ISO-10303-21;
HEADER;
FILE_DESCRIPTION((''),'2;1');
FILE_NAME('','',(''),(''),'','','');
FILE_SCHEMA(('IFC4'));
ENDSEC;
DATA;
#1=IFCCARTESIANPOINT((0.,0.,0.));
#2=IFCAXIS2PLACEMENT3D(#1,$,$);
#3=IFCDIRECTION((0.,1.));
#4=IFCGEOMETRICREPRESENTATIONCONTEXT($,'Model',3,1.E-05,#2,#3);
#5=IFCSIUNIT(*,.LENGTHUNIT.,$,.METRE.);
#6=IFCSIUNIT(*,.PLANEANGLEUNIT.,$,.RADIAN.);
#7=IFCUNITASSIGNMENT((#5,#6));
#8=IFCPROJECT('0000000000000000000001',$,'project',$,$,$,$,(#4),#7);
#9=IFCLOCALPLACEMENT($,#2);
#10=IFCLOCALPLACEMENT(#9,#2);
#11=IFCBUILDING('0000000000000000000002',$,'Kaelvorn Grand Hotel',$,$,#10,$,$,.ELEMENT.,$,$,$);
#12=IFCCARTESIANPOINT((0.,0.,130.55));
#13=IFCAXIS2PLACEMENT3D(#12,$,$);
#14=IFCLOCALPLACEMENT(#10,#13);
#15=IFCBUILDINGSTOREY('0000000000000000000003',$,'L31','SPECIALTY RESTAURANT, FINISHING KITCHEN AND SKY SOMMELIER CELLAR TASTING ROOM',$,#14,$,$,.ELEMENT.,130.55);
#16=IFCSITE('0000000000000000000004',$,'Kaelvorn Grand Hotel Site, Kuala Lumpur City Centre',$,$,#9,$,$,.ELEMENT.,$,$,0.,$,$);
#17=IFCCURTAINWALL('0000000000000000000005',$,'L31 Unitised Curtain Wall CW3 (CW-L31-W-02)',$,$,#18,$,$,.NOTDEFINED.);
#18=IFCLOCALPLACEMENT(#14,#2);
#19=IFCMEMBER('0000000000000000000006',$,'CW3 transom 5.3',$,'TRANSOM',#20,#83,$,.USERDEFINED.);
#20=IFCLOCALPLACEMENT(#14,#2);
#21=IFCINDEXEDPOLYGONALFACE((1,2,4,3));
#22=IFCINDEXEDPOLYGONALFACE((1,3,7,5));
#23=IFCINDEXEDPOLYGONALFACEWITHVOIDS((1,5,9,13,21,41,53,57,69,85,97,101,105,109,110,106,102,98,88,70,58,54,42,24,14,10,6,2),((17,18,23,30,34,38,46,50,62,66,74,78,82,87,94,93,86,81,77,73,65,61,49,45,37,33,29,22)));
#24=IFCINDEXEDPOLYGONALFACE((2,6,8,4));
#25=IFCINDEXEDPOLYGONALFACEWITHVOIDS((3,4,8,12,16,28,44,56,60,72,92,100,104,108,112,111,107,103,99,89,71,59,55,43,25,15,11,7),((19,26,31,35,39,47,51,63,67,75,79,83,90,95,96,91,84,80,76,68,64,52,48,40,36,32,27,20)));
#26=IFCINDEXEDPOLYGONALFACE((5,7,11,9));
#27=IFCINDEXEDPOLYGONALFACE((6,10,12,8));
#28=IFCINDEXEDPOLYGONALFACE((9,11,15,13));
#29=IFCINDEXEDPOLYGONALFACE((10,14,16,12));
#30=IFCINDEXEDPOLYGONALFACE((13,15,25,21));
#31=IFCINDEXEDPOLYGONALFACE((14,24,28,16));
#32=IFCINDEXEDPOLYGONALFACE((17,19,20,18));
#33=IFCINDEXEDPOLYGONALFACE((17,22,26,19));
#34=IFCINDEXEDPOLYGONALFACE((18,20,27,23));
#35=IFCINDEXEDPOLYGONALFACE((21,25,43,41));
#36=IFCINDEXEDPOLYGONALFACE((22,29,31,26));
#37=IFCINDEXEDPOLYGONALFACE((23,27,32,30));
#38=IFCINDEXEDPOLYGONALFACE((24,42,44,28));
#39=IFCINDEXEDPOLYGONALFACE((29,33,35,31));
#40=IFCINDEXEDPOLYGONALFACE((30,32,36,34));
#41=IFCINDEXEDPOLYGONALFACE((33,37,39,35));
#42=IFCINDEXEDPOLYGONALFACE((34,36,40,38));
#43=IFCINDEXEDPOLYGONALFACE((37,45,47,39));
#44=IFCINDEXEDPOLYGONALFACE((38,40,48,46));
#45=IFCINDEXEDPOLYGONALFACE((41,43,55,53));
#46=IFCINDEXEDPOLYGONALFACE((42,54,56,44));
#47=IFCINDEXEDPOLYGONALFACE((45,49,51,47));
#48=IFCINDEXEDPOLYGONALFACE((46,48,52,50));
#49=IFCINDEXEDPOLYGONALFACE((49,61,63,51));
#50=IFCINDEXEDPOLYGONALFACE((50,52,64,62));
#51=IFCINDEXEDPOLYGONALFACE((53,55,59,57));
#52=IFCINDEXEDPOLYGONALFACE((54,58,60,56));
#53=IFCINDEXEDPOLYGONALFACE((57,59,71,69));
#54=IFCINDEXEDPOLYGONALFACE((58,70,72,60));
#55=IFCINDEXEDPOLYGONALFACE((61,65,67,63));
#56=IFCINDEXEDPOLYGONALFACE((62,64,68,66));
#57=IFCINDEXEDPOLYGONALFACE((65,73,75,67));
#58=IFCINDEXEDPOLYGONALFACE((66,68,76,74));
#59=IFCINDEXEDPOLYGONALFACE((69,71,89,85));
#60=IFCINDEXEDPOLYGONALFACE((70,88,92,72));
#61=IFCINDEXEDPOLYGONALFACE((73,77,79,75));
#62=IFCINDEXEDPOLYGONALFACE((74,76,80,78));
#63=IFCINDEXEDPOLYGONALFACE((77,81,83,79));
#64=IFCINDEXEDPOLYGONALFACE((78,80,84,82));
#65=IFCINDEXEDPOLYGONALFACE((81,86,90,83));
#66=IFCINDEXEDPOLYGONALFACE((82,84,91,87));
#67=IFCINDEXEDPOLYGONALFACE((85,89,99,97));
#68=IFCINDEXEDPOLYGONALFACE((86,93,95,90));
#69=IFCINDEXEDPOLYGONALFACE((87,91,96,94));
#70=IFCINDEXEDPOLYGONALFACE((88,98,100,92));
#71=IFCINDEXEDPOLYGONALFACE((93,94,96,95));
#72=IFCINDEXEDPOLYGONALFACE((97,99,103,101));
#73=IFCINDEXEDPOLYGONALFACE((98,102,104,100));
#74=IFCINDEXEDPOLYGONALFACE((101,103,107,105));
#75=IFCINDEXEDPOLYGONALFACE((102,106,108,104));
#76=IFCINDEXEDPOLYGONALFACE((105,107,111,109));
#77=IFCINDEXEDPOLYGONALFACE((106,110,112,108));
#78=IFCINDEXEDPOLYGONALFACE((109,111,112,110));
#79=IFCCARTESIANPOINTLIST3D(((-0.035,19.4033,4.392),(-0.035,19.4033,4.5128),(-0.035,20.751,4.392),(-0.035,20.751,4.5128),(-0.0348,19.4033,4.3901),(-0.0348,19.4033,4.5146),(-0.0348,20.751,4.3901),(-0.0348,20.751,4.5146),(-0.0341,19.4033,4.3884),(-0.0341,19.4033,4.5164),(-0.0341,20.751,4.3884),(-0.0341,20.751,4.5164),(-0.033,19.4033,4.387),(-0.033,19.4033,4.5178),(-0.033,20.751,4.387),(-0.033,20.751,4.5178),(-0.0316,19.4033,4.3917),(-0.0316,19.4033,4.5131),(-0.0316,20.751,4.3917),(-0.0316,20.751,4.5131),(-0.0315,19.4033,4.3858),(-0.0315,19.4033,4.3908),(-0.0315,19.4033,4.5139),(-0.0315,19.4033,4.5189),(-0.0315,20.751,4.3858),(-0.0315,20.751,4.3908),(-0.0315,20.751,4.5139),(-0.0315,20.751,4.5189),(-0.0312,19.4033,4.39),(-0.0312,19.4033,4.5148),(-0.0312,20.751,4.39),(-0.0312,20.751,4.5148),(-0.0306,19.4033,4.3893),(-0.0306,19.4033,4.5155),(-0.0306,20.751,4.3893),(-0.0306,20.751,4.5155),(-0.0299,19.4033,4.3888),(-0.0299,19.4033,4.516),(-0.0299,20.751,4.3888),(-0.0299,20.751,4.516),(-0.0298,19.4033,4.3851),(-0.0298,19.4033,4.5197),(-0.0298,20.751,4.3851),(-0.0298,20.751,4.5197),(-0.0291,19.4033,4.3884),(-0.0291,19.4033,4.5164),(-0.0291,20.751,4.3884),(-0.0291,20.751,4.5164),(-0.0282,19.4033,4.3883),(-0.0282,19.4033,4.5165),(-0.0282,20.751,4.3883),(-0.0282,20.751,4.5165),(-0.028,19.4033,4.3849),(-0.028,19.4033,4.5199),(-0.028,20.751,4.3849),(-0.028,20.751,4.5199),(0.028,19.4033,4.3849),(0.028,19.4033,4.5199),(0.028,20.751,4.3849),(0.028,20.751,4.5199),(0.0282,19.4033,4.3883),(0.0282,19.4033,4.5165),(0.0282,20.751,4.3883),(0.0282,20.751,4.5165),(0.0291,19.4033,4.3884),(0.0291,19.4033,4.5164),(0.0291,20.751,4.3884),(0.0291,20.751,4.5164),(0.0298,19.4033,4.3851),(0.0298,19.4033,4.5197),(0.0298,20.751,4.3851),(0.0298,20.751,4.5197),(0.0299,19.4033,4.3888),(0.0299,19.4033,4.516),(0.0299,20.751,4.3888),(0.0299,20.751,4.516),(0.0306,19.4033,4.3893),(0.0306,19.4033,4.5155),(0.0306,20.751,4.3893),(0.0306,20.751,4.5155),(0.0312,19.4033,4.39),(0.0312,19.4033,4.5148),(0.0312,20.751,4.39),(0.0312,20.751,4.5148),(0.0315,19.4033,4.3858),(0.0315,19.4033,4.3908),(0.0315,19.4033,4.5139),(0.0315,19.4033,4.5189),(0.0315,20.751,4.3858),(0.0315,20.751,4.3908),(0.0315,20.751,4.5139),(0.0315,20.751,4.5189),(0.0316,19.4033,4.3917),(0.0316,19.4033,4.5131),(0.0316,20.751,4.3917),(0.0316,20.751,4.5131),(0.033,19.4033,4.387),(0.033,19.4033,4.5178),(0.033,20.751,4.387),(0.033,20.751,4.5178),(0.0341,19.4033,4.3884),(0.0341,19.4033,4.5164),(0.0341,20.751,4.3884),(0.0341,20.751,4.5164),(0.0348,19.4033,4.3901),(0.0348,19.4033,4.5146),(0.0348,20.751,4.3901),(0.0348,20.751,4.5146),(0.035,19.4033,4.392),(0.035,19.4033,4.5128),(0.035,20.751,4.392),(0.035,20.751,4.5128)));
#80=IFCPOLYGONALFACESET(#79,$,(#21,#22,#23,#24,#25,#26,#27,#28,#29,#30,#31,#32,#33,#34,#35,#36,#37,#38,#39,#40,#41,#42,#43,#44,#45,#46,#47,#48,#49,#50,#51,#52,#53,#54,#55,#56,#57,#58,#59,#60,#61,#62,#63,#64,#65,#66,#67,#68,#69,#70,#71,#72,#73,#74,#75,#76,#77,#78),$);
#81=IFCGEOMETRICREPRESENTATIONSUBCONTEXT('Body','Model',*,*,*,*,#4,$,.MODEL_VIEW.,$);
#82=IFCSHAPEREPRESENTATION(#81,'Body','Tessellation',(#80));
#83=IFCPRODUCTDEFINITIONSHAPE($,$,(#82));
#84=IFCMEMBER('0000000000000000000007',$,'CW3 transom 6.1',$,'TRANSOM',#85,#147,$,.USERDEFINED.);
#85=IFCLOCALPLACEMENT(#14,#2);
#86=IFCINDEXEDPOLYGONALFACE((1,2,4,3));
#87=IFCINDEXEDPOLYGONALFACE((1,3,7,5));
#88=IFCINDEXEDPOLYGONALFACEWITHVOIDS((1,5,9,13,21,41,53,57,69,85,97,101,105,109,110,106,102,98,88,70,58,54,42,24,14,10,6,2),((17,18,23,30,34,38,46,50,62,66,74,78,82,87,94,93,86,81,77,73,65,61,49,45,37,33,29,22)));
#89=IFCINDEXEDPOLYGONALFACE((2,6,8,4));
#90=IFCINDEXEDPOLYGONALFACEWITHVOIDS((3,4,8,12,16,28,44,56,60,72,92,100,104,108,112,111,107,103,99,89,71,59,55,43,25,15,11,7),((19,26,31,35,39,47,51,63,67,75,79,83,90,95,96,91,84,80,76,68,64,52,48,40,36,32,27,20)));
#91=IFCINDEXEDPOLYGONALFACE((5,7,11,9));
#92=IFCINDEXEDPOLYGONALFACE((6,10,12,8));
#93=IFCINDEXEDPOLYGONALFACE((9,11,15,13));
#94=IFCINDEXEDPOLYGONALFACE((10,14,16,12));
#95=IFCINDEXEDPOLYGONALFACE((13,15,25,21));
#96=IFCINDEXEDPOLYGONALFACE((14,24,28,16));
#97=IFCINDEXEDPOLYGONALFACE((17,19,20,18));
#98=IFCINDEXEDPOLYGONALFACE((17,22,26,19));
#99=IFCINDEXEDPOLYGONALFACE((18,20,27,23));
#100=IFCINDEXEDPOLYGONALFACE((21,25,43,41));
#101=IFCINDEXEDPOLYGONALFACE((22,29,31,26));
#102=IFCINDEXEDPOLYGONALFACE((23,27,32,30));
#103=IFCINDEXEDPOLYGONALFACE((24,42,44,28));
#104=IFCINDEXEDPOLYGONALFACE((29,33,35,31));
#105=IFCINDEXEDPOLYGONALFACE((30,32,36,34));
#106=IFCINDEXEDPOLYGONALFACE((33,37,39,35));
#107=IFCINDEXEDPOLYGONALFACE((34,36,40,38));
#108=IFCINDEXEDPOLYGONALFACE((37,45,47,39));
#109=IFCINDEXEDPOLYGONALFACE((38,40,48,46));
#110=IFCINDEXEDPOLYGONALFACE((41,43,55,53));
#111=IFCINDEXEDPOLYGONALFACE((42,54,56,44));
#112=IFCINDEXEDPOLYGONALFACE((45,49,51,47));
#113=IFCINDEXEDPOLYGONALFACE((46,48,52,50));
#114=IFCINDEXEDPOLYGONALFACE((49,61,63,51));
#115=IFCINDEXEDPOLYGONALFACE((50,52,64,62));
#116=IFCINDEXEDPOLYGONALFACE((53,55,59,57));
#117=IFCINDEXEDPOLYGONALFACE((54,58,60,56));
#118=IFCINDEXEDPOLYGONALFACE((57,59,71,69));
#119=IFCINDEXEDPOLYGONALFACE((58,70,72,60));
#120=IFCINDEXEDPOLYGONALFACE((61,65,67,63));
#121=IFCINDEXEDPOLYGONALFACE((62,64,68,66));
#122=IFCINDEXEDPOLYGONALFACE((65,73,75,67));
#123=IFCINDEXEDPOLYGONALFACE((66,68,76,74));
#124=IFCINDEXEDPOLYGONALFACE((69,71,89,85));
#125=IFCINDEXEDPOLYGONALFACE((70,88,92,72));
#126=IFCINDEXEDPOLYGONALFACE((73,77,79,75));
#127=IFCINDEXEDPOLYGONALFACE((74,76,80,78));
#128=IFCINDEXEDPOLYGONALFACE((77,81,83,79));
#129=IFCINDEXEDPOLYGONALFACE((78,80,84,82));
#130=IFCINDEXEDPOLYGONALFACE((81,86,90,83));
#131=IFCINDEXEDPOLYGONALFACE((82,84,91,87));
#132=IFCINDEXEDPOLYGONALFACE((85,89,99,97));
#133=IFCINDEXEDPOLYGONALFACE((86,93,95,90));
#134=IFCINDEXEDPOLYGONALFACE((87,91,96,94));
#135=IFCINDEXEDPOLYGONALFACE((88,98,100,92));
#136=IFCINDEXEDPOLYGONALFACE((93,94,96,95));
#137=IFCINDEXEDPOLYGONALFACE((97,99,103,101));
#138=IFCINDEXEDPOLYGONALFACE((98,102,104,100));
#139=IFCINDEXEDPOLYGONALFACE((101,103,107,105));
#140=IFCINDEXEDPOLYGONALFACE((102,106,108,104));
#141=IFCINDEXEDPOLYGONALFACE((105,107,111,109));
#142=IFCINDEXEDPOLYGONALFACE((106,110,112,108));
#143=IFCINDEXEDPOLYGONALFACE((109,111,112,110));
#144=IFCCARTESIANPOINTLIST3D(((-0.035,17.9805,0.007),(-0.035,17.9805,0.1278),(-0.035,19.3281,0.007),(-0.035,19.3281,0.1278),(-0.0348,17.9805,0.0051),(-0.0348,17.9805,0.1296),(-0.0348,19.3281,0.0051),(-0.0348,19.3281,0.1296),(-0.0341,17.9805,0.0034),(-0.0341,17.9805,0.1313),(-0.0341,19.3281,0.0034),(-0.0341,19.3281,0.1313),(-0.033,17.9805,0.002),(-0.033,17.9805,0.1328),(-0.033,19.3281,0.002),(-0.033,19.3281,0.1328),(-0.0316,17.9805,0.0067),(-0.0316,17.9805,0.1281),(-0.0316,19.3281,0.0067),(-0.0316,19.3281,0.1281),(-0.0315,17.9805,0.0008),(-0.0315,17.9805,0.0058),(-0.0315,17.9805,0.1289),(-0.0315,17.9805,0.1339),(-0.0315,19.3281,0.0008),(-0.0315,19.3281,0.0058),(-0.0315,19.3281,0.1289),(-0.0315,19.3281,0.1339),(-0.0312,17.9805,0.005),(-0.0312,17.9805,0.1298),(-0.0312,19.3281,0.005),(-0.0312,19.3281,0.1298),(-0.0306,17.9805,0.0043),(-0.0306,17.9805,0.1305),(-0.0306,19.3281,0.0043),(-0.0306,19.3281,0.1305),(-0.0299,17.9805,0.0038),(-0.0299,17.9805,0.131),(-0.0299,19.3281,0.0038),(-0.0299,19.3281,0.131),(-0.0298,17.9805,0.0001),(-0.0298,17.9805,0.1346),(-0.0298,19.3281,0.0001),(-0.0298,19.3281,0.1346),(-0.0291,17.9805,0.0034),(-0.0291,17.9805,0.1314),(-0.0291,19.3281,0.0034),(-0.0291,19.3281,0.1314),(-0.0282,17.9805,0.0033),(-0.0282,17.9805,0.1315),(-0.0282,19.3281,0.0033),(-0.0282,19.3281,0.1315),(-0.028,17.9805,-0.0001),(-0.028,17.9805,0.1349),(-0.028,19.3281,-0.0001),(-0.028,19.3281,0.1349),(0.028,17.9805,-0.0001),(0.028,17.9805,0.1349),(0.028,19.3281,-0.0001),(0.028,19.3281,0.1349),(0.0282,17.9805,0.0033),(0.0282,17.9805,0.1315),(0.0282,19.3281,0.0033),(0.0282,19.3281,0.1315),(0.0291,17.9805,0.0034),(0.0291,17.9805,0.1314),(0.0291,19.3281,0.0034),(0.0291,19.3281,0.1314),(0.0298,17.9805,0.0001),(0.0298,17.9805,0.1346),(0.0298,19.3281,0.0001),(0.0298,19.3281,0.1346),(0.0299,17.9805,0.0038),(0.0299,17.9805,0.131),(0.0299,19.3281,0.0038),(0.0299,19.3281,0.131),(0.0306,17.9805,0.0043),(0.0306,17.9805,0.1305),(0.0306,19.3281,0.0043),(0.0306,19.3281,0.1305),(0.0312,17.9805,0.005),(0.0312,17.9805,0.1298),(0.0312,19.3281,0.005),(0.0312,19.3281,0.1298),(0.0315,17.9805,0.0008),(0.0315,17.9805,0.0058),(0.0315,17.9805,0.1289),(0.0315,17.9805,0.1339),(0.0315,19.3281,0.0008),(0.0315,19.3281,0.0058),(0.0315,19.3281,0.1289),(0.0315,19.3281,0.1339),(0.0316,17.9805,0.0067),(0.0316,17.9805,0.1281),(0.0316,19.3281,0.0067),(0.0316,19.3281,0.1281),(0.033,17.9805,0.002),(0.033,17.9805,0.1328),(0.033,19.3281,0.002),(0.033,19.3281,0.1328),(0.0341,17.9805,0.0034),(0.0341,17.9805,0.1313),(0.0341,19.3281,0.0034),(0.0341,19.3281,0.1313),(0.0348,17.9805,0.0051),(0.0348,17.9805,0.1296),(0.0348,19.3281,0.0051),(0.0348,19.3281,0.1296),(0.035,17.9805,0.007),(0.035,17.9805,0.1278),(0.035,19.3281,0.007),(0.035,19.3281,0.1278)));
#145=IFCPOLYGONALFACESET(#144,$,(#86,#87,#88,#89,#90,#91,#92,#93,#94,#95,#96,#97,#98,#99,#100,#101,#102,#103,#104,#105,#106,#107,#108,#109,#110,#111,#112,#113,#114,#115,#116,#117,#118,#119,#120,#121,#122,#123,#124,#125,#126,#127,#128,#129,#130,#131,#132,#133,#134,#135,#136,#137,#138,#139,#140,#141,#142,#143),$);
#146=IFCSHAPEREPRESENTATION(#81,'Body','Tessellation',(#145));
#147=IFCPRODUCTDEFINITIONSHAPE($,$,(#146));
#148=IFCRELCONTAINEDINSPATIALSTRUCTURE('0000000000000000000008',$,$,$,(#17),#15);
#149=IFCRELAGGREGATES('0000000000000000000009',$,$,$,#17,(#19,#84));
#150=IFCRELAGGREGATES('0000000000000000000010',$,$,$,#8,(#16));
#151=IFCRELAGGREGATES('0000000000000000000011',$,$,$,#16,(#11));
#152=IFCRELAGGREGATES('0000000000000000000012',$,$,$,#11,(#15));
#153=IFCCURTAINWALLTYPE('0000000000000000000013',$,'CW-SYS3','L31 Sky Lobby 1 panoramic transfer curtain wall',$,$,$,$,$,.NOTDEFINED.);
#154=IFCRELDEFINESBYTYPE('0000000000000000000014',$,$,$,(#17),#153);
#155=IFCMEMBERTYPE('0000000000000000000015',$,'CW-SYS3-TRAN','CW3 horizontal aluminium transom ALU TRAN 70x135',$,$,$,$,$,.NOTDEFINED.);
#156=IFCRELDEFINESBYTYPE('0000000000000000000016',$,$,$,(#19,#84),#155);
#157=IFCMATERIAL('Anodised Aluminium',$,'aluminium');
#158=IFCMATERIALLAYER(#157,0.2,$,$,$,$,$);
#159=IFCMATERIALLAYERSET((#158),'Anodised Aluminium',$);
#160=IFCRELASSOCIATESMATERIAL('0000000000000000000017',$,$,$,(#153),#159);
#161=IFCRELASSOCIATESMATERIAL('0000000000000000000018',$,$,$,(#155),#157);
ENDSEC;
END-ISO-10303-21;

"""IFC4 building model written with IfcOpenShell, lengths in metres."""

from ifc_helpers import new_model, si_unit, direction, frame, origin, origin_2d, place, context, subcontext, project, spatial, hollow_rectangle, extrude, material, layer, layer_set, material_profile, profile_set, type_object, element, aggregate, save


model = new_model("IFC4")

# Units and contexts
model_context = context("Model", 3, precision=1e-05, world=origin(), true_north=direction((0.0, 1.0)))
body_context = subcontext(model_context, "Body", "Model", "MODEL_VIEW")
ifc_project = project(units=[si_unit("LENGTHUNIT", "METRE"), si_unit("PLANEANGLEUNIT", "RADIAN")], contexts=[model_context])

# Site, building, storey
site_placement = place(None, origin())
site = spatial("IfcSite", under=ifc_project, at=site_placement, Name="Kaelvorn Grand Hotel Site, Kuala Lumpur City Centre", CompositionType="ELEMENT", RefElevation=0.0)
building_placement = place(site_placement, origin())
building = spatial("IfcBuilding", under=site, at=building_placement, Name="Kaelvorn Grand Hotel", CompositionType="ELEMENT")
storey_placement = place(building_placement, frame((0.0, 0.0, 130.55)))
storey = spatial("IfcBuildingStorey", under=building, at=storey_placement, Name="L31", Description="SPECIALTY RESTAURANT, FINISHING KITCHEN AND SKY SOMMELIER CELLAR TASTING ROOM", CompositionType="ELEMENT", Elevation=130.55)

# Curtain wall, members
ifc_material_1 = material(Name="Anodised Aluminium", Category="aluminium")
ifc_layer_1 = layer(ifc_material_1, 0.2)
ifc_layer_set_1 = layer_set([ifc_layer_1], Name="Anodised Aluminium")
curtain_wall_type = type_object("IfcCurtainWallType", Name="CW-SYS3", Description="L31 Sky Lobby 1 panoramic transfer curtain wall", PredefinedType="NOTDEFINED", material=ifc_layer_set_1)
curtain_wall_placement = place(storey_placement, origin())
curtain_wall = element("IfcCurtainWall", 1, at=curtain_wall_placement, inside=storey, type_object=curtain_wall_type, Name="L31 Unitised Curtain Wall CW3 (CW-L31-W-02)", PredefinedType="NOTDEFINED")
ifc_material_profile_1 = material_profile(ifc_material_1, hollow_rectangle(XDim=0.0701, YDim=0.135, WallThickness=0.0034, InnerFilletRadius=0.0034, OuterFilletRadius=0.0071, at=origin_2d()), Name="ALU TRAN 70x135")
ifc_profile_set_1 = profile_set([ifc_material_profile_1], Name="Anodised Aluminium")
member_type_1 = type_object("IfcMemberType", Name="CW-SYS3-TRAN", Description="CW3 horizontal aluminium transom ALU TRAN 70x135", PredefinedType="NOTDEFINED", material=ifc_profile_set_1)
member_1_placement = place(storey_placement, frame((0.0, 20.751, 4.4524), z_axis=(0.0, -1.0, 0.0), x_axis=(1.0, 0.0, 0.0)))
member_1 = element("IfcMember", 2, at=member_1_placement, type_object=member_type_1, Name="CW3 transom 5.3", ObjectType="TRANSOM", PredefinedType="USERDEFINED", context=body_context, shape_type="SweptSolid", body=[
    extrude(hollow_rectangle(XDim=0.0701, YDim=0.135, WallThickness=0.0034, InnerFilletRadius=0.0034, OuterFilletRadius=0.0071, at=origin_2d()), origin(), (0.0, 0.0, 1.0), 1.3477),
])
member_2_placement = place(storey_placement, frame((0.0, 19.3281, 0.0674), z_axis=(0.0, -1.0, 0.0), x_axis=(1.0, 0.0, 0.0)))
member_2 = element("IfcMember", 3, at=member_2_placement, type_object=member_type_1, Name="CW3 transom 6.1", ObjectType="TRANSOM", PredefinedType="USERDEFINED", context=body_context, shape_type="SweptSolid", body=[
    extrude(hollow_rectangle(XDim=0.0701, YDim=0.135, WallThickness=0.0034, InnerFilletRadius=0.0034, OuterFilletRadius=0.0071, at=origin_2d()), origin(), (0.0, 0.0, 1.0), 1.3477),
])
aggregate(curtain_wall, [member_1, member_2])

save(model, "model.ifc")
